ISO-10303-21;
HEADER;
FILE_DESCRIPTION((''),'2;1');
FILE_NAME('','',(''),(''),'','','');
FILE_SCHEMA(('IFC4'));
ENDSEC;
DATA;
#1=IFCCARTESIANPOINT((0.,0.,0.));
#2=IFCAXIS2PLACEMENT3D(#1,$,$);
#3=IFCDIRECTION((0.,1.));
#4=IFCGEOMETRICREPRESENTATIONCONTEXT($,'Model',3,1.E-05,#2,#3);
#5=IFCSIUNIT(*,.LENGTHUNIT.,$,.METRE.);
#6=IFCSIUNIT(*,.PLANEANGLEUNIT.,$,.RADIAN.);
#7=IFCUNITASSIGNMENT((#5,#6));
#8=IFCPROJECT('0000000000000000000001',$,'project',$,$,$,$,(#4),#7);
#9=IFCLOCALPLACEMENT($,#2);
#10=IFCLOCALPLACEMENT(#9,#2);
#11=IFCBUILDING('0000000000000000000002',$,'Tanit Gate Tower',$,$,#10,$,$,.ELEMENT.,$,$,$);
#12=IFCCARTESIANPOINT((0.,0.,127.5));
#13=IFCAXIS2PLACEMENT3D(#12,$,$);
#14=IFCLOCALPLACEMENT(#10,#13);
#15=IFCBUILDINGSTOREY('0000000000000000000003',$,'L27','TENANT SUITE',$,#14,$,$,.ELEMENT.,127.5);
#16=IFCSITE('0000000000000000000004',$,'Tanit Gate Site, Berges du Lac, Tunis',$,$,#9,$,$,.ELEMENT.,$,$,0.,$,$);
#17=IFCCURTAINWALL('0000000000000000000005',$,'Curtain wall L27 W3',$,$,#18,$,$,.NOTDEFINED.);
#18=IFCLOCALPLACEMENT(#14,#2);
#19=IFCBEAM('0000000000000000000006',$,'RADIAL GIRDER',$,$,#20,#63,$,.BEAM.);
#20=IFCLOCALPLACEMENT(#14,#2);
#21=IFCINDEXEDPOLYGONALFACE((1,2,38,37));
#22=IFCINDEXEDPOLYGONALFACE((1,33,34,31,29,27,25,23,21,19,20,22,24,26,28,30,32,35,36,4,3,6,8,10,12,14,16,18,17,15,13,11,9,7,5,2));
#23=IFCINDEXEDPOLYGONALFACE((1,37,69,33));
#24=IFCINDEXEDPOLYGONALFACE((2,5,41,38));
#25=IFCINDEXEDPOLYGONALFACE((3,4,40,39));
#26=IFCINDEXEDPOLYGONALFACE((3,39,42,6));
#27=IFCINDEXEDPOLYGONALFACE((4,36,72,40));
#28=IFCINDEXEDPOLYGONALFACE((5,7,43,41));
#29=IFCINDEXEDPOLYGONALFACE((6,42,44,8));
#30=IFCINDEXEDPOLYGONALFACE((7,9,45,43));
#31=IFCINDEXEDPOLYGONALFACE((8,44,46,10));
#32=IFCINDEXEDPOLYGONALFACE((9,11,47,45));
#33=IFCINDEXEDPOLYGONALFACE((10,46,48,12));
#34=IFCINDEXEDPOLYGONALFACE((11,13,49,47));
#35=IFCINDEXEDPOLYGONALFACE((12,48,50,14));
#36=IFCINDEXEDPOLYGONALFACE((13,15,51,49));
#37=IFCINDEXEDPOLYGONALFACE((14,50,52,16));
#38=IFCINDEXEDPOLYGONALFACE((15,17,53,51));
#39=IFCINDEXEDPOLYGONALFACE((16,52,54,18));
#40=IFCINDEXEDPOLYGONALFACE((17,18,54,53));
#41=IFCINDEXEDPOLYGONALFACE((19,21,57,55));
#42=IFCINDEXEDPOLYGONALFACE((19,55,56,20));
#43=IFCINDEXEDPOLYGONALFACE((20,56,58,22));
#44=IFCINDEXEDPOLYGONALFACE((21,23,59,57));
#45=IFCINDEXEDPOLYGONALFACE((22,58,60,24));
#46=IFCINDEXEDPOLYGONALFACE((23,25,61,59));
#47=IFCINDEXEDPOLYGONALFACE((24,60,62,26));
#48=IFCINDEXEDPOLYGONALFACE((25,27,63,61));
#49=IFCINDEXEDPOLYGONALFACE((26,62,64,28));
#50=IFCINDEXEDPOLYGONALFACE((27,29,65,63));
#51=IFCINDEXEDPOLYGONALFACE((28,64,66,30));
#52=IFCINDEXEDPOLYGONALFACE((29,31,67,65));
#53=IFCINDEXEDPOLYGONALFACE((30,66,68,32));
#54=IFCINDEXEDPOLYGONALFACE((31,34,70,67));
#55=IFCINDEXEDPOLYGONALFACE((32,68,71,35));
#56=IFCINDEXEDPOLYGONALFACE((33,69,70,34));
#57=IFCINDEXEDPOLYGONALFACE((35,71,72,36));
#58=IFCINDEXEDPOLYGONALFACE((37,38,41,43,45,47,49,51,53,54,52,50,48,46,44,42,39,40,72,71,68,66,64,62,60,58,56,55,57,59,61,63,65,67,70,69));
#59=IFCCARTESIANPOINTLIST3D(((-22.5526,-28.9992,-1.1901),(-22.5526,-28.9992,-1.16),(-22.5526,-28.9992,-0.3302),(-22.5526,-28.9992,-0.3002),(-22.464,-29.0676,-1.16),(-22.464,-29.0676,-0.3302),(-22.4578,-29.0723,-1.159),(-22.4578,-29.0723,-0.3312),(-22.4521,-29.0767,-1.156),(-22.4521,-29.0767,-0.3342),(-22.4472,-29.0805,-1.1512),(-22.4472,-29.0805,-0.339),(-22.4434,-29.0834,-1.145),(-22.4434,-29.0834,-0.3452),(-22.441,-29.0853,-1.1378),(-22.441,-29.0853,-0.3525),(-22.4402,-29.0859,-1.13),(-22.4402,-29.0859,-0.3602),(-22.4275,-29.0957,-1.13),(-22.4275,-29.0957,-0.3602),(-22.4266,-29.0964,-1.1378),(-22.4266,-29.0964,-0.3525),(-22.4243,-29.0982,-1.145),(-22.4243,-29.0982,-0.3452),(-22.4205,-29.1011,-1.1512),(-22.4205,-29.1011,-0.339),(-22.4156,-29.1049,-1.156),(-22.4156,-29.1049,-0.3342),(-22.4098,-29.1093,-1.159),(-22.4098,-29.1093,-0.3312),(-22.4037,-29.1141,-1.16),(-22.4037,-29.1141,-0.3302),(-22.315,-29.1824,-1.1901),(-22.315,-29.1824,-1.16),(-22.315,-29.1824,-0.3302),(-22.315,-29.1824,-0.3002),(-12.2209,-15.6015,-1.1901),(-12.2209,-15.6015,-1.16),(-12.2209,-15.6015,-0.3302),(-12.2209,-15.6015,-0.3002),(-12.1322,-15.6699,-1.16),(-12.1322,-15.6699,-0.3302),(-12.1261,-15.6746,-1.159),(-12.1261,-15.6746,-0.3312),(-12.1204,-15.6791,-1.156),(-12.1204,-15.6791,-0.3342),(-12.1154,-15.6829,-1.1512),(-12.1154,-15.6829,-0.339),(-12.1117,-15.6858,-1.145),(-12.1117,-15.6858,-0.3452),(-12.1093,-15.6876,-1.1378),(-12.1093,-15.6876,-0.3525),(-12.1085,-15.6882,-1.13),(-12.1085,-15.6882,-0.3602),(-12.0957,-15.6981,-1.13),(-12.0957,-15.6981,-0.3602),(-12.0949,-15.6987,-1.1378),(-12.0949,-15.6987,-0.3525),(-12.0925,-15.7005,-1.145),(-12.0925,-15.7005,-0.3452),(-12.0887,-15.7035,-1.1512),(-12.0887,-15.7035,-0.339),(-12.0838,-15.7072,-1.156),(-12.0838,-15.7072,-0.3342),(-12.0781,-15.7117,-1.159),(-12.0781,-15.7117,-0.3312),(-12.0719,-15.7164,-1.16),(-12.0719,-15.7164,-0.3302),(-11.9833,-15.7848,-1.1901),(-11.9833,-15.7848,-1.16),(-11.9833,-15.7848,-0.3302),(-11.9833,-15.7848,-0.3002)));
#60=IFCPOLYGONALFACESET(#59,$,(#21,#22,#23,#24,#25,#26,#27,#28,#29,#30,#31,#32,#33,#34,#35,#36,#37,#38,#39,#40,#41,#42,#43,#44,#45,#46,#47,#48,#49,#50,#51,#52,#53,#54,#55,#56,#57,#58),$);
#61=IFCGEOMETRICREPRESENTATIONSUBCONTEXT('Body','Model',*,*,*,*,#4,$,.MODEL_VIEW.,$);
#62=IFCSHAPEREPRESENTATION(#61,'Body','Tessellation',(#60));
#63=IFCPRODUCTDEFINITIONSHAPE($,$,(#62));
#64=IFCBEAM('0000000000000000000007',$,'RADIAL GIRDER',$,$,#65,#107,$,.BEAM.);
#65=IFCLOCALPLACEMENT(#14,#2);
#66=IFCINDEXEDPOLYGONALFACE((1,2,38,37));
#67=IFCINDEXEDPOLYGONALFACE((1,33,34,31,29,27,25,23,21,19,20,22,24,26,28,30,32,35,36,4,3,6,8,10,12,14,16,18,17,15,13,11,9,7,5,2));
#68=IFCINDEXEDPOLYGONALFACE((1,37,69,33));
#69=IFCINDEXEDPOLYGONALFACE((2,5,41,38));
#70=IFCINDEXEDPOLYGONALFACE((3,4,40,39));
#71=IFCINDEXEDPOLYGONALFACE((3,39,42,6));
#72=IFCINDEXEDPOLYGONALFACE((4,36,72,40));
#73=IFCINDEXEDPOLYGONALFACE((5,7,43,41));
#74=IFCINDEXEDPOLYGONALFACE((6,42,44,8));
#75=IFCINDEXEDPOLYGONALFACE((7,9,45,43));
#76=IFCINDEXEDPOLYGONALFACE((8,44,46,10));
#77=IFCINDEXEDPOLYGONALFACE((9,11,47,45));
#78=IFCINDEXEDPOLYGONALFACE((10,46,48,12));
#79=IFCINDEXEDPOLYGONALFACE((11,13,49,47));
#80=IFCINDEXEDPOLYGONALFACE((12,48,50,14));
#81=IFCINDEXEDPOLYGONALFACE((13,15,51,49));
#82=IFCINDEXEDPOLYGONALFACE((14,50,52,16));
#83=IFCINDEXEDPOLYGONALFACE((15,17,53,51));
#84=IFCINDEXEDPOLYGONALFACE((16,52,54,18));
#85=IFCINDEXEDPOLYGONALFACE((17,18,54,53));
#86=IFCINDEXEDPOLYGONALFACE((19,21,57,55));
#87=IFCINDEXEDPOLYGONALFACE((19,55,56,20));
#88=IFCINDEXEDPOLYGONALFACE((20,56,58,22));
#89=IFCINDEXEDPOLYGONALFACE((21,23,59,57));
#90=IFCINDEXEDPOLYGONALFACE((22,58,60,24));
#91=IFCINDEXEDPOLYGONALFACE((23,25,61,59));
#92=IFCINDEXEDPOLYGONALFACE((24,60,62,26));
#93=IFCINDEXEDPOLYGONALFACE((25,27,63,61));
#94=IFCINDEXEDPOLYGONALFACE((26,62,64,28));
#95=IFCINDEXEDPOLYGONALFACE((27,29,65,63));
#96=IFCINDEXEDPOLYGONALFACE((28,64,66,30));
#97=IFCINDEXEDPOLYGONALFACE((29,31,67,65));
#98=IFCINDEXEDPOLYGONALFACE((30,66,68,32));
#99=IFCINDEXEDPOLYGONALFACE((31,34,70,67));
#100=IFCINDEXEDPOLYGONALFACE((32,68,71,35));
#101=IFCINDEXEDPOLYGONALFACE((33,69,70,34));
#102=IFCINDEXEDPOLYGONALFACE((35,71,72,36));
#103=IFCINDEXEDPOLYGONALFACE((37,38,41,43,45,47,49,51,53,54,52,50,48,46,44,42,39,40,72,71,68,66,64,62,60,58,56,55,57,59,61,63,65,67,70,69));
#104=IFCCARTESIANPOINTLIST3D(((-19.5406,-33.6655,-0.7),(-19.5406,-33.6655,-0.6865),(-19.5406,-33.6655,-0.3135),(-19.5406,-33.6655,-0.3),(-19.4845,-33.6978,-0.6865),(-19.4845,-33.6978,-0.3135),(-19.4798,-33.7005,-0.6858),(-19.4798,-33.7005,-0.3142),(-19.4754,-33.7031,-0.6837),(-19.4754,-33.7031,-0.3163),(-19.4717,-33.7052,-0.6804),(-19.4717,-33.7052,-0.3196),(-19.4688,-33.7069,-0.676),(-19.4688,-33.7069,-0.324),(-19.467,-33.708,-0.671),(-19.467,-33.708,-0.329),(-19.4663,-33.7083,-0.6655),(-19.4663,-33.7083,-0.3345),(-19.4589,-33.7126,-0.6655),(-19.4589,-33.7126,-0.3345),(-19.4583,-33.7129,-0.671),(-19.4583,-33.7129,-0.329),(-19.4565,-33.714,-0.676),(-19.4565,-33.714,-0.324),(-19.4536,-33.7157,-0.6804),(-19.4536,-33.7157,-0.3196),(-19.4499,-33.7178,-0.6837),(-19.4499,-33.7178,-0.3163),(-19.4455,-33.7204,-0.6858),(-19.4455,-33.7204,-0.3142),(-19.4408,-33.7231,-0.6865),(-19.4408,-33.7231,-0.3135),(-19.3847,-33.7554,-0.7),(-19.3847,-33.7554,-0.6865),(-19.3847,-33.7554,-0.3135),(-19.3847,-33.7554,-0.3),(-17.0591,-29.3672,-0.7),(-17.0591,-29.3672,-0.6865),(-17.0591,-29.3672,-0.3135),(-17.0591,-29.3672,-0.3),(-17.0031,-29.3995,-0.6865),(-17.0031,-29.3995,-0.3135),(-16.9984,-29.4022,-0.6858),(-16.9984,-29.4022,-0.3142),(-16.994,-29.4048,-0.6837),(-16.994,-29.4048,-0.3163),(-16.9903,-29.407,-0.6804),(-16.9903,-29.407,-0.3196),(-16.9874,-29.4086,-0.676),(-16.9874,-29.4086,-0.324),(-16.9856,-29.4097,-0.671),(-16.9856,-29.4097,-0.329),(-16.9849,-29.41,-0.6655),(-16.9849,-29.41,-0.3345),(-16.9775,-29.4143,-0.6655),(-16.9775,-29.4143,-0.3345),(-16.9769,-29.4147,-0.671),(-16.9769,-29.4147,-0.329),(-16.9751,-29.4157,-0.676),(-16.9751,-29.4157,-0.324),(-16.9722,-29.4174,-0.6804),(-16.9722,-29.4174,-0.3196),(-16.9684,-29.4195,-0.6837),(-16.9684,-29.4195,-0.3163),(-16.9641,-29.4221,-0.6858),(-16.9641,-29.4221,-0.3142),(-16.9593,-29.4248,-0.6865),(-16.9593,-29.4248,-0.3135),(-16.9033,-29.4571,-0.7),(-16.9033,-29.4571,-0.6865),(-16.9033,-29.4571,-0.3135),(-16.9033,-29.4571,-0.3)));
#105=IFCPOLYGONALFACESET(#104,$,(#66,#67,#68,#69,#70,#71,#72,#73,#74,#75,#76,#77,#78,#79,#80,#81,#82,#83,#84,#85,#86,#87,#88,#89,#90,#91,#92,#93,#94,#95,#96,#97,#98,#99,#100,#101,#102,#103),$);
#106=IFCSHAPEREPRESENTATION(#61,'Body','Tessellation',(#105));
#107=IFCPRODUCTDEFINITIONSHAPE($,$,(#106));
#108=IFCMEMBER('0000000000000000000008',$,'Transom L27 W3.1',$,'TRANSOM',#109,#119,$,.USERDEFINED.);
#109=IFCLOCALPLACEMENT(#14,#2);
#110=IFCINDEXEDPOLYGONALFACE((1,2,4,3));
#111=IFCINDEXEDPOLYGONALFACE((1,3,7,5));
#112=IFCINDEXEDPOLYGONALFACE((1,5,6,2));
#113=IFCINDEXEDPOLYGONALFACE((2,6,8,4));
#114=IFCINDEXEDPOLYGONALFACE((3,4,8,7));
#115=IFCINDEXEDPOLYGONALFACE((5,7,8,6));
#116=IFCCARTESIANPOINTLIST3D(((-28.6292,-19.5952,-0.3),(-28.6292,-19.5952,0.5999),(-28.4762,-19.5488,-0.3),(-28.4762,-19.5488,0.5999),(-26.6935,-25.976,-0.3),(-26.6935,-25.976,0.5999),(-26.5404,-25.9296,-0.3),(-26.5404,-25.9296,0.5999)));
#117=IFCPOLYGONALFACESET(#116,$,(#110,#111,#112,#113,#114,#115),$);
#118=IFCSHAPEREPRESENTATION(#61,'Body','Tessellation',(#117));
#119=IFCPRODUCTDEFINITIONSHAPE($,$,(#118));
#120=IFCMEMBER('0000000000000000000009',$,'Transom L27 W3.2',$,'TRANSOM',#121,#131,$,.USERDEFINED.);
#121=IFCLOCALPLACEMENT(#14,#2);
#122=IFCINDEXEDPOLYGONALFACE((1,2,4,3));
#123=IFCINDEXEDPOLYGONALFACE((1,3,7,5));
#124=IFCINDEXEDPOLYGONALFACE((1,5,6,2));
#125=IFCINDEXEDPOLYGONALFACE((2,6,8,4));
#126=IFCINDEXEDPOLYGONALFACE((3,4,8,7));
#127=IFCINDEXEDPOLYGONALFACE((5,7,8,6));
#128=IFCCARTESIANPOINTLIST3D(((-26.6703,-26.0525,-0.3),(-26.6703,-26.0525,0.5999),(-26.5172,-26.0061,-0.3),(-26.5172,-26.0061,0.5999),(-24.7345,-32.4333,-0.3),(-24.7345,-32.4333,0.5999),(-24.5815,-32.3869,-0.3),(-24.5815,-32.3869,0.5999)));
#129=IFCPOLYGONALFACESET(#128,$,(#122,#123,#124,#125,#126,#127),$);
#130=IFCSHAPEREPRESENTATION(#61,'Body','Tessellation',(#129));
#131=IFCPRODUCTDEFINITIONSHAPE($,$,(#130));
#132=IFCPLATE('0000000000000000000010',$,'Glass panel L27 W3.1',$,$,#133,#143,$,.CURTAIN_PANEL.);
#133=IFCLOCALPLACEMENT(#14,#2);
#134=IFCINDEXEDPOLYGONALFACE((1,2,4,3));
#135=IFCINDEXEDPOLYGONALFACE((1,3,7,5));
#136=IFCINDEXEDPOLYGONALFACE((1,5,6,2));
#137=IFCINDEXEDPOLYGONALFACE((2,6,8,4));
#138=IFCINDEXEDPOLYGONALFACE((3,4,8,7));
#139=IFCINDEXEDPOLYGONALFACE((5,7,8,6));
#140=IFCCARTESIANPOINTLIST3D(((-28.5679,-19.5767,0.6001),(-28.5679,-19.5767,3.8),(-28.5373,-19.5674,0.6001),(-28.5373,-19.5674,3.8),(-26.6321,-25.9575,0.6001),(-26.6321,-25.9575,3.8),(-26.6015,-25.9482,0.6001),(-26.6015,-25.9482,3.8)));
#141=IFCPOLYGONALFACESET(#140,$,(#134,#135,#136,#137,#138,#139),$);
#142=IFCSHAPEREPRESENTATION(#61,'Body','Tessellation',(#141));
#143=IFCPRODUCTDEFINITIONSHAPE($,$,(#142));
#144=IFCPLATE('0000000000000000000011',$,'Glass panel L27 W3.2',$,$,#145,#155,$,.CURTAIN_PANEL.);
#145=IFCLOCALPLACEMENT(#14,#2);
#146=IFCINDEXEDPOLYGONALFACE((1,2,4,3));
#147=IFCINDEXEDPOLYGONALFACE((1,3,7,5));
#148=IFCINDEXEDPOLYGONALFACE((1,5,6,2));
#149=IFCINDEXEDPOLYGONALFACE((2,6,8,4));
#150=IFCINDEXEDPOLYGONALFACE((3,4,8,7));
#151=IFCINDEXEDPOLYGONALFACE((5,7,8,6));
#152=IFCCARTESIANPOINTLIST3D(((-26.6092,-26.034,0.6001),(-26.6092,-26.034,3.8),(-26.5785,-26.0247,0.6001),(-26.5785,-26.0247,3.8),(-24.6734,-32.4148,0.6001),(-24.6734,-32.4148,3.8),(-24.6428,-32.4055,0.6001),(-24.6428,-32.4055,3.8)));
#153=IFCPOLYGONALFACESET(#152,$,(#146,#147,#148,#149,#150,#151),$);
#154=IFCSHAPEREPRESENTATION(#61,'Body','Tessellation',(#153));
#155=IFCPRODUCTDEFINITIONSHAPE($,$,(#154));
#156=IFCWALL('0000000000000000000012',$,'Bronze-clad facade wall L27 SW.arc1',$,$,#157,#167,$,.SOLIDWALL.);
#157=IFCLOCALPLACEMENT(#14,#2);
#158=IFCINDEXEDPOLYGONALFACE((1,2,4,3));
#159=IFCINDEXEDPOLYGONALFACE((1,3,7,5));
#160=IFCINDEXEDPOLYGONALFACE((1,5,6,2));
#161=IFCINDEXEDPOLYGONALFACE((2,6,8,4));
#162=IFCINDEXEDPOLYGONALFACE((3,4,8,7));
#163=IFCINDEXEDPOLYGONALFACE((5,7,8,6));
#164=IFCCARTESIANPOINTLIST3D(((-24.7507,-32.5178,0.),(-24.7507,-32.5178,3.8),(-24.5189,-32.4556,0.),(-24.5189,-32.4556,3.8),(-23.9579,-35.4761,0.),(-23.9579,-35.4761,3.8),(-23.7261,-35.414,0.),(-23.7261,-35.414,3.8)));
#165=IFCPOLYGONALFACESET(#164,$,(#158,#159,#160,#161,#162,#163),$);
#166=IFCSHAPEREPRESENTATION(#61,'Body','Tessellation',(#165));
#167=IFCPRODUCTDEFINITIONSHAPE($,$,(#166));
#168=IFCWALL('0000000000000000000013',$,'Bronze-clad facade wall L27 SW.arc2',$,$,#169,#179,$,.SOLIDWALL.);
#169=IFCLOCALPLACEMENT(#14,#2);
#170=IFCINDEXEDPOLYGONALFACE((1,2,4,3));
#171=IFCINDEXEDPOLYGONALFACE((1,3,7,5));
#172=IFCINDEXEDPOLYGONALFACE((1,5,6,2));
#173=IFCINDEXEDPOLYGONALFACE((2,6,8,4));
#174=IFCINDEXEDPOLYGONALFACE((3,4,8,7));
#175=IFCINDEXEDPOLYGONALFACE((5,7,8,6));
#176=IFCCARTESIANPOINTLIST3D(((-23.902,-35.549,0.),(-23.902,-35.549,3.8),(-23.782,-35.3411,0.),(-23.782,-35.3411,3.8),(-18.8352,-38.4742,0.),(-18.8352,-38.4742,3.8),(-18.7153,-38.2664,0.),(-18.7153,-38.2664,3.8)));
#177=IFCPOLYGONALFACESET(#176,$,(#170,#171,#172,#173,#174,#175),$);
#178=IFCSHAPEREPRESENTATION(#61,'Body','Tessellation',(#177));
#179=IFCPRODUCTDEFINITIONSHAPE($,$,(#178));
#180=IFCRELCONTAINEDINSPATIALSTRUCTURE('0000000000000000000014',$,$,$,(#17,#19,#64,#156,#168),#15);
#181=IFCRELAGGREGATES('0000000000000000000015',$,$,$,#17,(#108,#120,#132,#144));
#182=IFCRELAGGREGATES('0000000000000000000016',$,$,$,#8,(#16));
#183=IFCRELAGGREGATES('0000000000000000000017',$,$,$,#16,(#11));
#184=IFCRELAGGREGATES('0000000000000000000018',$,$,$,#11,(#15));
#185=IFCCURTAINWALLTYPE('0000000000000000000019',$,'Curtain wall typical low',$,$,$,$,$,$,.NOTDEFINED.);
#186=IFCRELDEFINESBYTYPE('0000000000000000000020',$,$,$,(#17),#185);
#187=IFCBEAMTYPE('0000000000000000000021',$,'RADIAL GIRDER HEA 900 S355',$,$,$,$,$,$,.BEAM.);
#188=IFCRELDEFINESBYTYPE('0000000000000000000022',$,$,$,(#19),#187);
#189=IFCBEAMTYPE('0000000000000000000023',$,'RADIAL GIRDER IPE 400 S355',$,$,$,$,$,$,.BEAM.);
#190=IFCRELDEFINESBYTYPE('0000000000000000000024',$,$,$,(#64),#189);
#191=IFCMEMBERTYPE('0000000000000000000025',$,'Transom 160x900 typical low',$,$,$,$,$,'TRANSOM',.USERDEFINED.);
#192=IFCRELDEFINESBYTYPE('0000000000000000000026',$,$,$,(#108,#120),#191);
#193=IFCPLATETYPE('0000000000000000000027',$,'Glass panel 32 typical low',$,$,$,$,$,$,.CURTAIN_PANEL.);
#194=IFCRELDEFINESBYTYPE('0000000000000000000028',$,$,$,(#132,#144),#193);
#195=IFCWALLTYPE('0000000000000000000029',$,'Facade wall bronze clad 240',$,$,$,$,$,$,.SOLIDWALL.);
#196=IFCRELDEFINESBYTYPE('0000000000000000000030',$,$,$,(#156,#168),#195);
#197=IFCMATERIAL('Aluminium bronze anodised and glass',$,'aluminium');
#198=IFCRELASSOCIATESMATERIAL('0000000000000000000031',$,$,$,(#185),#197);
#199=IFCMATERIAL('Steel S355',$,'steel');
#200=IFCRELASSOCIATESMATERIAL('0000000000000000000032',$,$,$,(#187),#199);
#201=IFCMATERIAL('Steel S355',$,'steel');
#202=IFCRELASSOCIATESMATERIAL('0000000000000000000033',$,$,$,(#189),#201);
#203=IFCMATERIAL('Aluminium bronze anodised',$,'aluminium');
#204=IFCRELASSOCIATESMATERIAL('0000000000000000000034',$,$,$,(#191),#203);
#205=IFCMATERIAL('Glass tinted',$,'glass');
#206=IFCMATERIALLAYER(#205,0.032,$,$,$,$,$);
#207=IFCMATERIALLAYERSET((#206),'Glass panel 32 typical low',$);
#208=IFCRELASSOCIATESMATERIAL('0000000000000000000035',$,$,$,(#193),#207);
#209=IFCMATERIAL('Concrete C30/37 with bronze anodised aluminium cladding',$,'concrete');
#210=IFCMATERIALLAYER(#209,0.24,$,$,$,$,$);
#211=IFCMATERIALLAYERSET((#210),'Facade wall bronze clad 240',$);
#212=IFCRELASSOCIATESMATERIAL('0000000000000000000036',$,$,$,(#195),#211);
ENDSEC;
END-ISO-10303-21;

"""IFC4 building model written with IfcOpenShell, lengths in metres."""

from ifc_helpers import new_model, si_unit, direction, frame, frame_2d, origin, origin_2d, place, context, subcontext, project, spatial, rectangle, i_section, extrude, material, layer, layer_set, material_profile, profile_set, type_object, element, aggregate, save


model = new_model("IFC4")

# Units and contexts
model_context = context("Model", 3, precision=1e-05, world=origin(), true_north=direction((0.0, 1.0)))
body_context = subcontext(model_context, "Body", "Model", "MODEL_VIEW")
ifc_project = project(units=[si_unit("LENGTHUNIT", "METRE"), si_unit("PLANEANGLEUNIT", "RADIAN")], contexts=[model_context])

# Site, building, storey
site_placement = place(None, origin())
site = spatial("IfcSite", under=ifc_project, at=site_placement, Name="Tanit Gate Site, Berges du Lac, Tunis", CompositionType="ELEMENT", RefElevation=0.0)
building_placement = place(site_placement, origin())
building = spatial("IfcBuilding", under=site, at=building_placement, Name="Tanit Gate Tower", CompositionType="ELEMENT")
storey_placement = place(building_placement, frame((0.0, 0.0, 127.5)))
storey = spatial("IfcBuildingStorey", under=building, at=storey_placement, Name="L27", Description="TENANT SUITE", CompositionType="ELEMENT", Elevation=127.5)

# Curtain wall
ifc_material_1 = material(Name="Aluminium bronze anodised and glass", Category="aluminium")
curtain_wall_type = type_object("IfcCurtainWallType", Name="Curtain wall typical low", PredefinedType="NOTDEFINED", material=ifc_material_1)
curtain_wall_1_placement = place(storey_placement, origin())
curtain_wall_1 = element("IfcCurtainWall", 1, at=curtain_wall_1_placement, inside=storey, type_object=curtain_wall_type, Name="Curtain wall L27 W3", PredefinedType="NOTDEFINED")

# Beams
ifc_material_2 = material(Name="Steel S355", Category="steel")
ifc_material_profile_1 = material_profile(ifc_material_2, i_section(OverallWidth=0.3, OverallDepth=0.8899, WebThickness=0.0161, FlangeThickness=0.03, FilletRadius=0.03, at=origin_2d()), Name="HEA 900")
ifc_profile_set_1 = profile_set([ifc_material_profile_1], Name="Steel S355")
beam_type_1 = type_object("IfcBeamType", Name="RADIAL GIRDER HEA 900 S355", PredefinedType="BEAM", material=ifc_profile_set_1)
beam_1_placement = place(storey_placement, frame((-22.4338, -29.0908, -0.7451), z_axis=(0.610671, 0.791885, 0.0), x_axis=(-0.791885, 0.610671, 0.0)))
element("IfcBeam", 2, at=beam_1_placement, inside=storey, type_object=beam_type_1, Name="RADIAL GIRDER", PredefinedType="BEAM", context=body_context, shape_type="SweptSolid", body=[
    extrude(i_section(OverallWidth=0.3, OverallDepth=0.8899, WebThickness=0.0161, FlangeThickness=0.03, FilletRadius=0.03, at=origin_2d()), origin(), (0.0, 0.0, 1.0), 16.9187),
])
ifc_material_3 = material(Name="Steel S355", Category="steel")
ifc_material_profile_2 = material_profile(ifc_material_3, i_section(OverallWidth=0.1799, OverallDepth=0.3999, WebThickness=0.0085, FlangeThickness=0.0134, FilletRadius=0.021, at=origin_2d()), Name="IPE 400")
ifc_profile_set_2 = profile_set([ifc_material_profile_2], Name="Steel S355")
beam_type_2 = type_object("IfcBeamType", Name="RADIAL GIRDER IPE 400 S355", PredefinedType="BEAM", material=ifc_profile_set_2)
beam_2_placement = place(storey_placement, frame((-19.4626, -33.7104, -0.5), z_axis=(0.499969, 0.866043, 0.0), x_axis=(-0.866043, 0.499969, 0.0)))
element("IfcBeam", 3, at=beam_2_placement, inside=storey, type_object=beam_type_2, Name="RADIAL GIRDER", PredefinedType="BEAM", context=body_context, shape_type="SweptSolid", body=[
    extrude(i_section(OverallWidth=0.1799, OverallDepth=0.3999, WebThickness=0.0085, FlangeThickness=0.0134, FilletRadius=0.021, at=origin_2d()), origin(), (0.0, 0.0, 1.0), 4.9631),
])

# Members
ifc_material_4 = material(Name="Aluminium bronze anodised", Category="aluminium")
ifc_material_profile_3 = material_profile(ifc_material_4, rectangle(XDim=0.1599, YDim=0.8999, at=origin_2d()), Name="160x900 bronze transom")
ifc_profile_set_3 = profile_set([ifc_material_profile_3], Name="Aluminium bronze anodised")
member_type_1 = type_object("IfcMemberType", Name="Transom 160x900 typical low", ElementType="TRANSOM", PredefinedType="USERDEFINED", material=ifc_profile_set_3)
member_1_placement = place(storey_placement, frame((-28.5527, -19.572, 0.1499), z_axis=(0.290309, -0.956933, 0.0), x_axis=(0.956933, 0.290309, 0.0)))
member_1 = element("IfcMember", 4, at=member_1_placement, type_object=member_type_1, Name="Transom L27 W3.1", ObjectType="TRANSOM", PredefinedType="USERDEFINED", context=body_context, shape_type="SweptSolid", body=[
    extrude(rectangle(XDim=0.1599, YDim=0.8999, at=origin_2d()), origin(), (0.0, 0.0, 1.0), 6.668),
])
member_2_placement = place(storey_placement, frame((-26.5938, -26.0293, 0.1499), z_axis=(0.290309, -0.956933, 0.0), x_axis=(0.956933, 0.290309, 0.0)))
member_2 = element("IfcMember", 5, at=member_2_placement, type_object=member_type_1, Name="Transom L27 W3.2", ObjectType="TRANSOM", PredefinedType="USERDEFINED", context=body_context, shape_type="SweptSolid", body=[
    extrude(rectangle(XDim=0.1599, YDim=0.8999, at=origin_2d()), origin(), (0.0, 0.0, 1.0), 6.668),
])

# Plates
ifc_material_5 = material(Name="Glass tinted", Category="glass")
ifc_layer_1 = layer(ifc_material_5, 0.032)
ifc_layer_set_1 = layer_set([ifc_layer_1], Name="Glass panel 32 typical low")
plate_type = type_object("IfcPlateType", Name="Glass panel 32 typical low", PredefinedType="CURTAIN_PANEL", material=ifc_layer_set_1)
plate_1_placement = place(storey_placement, frame((-27.5847, -22.7625, 0.6001), z_axis=(0.0, 0.0, 1.0), x_axis=(0.290305, -0.956934, 0.0)))
plate_1 = element("IfcPlate", 6, at=plate_1_placement, type_object=plate_type, Name="Glass panel L27 W3.1", PredefinedType="CURTAIN_PANEL", context=body_context, shape_type="SweptSolid", body=[
    extrude(rectangle(XDim=6.668, YDim=0.032, at=origin_2d()), origin(), (0.0, 0.0, 1.0), 3.2),
])
plate_2_placement = place(storey_placement, frame((-25.626, -29.2197, 0.6001), z_axis=(0.0, 0.0, 1.0), x_axis=(0.290305, -0.956934, 0.0)))
plate_2 = element("IfcPlate", 7, at=plate_2_placement, type_object=plate_type, Name="Glass panel L27 W3.2", PredefinedType="CURTAIN_PANEL", context=body_context, shape_type="SweptSolid", body=[
    extrude(rectangle(XDim=6.668, YDim=0.032, at=origin_2d()), origin(), (0.0, 0.0, 1.0), 3.2),
])
aggregate(curtain_wall_1, [member_1, member_2, plate_1, plate_2])

# Walls
ifc_material_6 = material(Name="Concrete C30/37 with bronze anodised aluminium cladding", Category="concrete")
ifc_layer_2 = layer(ifc_material_6, 0.24)
ifc_layer_set_2 = layer_set([ifc_layer_2], Name="Facade wall bronze clad 240")
wall_type_1 = type_object("IfcWallType", Name="Facade wall bronze clad 240", PredefinedType="SOLIDWALL", material=ifc_layer_set_2)
wall_1_placement = place(storey_placement, frame((-24.6348, -32.4868, 0.0), z_axis=(0.0, 0.0, 1.0), x_axis=(0.258838, -0.965921, 0.0)))
element("IfcWall", 8, at=wall_1_placement, inside=storey, type_object=wall_type_1, Name="Bronze-clad facade wall L27 SW.arc1", PredefinedType="SOLIDWALL", context=body_context, shape_type="SweptSolid", body=[
    extrude(rectangle(XDim=3.0627, YDim=0.24, at=frame_2d((1.5312, 0.0))), origin(), (0.0, 0.0, 1.0), 3.8),
])
wall_2_placement = place(storey_placement, frame((-23.842, -35.4451, 0.0), z_axis=(0.0, 0.0, 1.0), x_axis=(0.866031, -0.49999, 0.0)))
element("IfcWall", 9, at=wall_2_placement, inside=storey, type_object=wall_type_1, Name="Bronze-clad facade wall L27 SW.arc2", PredefinedType="SOLIDWALL", context=body_context, shape_type="SweptSolid", body=[
    extrude(rectangle(XDim=5.8506, YDim=0.24, at=frame_2d((2.9253, 0.0))), origin(), (0.0, 0.0, 1.0), 3.8),
])

save(model, "model.ifc")
